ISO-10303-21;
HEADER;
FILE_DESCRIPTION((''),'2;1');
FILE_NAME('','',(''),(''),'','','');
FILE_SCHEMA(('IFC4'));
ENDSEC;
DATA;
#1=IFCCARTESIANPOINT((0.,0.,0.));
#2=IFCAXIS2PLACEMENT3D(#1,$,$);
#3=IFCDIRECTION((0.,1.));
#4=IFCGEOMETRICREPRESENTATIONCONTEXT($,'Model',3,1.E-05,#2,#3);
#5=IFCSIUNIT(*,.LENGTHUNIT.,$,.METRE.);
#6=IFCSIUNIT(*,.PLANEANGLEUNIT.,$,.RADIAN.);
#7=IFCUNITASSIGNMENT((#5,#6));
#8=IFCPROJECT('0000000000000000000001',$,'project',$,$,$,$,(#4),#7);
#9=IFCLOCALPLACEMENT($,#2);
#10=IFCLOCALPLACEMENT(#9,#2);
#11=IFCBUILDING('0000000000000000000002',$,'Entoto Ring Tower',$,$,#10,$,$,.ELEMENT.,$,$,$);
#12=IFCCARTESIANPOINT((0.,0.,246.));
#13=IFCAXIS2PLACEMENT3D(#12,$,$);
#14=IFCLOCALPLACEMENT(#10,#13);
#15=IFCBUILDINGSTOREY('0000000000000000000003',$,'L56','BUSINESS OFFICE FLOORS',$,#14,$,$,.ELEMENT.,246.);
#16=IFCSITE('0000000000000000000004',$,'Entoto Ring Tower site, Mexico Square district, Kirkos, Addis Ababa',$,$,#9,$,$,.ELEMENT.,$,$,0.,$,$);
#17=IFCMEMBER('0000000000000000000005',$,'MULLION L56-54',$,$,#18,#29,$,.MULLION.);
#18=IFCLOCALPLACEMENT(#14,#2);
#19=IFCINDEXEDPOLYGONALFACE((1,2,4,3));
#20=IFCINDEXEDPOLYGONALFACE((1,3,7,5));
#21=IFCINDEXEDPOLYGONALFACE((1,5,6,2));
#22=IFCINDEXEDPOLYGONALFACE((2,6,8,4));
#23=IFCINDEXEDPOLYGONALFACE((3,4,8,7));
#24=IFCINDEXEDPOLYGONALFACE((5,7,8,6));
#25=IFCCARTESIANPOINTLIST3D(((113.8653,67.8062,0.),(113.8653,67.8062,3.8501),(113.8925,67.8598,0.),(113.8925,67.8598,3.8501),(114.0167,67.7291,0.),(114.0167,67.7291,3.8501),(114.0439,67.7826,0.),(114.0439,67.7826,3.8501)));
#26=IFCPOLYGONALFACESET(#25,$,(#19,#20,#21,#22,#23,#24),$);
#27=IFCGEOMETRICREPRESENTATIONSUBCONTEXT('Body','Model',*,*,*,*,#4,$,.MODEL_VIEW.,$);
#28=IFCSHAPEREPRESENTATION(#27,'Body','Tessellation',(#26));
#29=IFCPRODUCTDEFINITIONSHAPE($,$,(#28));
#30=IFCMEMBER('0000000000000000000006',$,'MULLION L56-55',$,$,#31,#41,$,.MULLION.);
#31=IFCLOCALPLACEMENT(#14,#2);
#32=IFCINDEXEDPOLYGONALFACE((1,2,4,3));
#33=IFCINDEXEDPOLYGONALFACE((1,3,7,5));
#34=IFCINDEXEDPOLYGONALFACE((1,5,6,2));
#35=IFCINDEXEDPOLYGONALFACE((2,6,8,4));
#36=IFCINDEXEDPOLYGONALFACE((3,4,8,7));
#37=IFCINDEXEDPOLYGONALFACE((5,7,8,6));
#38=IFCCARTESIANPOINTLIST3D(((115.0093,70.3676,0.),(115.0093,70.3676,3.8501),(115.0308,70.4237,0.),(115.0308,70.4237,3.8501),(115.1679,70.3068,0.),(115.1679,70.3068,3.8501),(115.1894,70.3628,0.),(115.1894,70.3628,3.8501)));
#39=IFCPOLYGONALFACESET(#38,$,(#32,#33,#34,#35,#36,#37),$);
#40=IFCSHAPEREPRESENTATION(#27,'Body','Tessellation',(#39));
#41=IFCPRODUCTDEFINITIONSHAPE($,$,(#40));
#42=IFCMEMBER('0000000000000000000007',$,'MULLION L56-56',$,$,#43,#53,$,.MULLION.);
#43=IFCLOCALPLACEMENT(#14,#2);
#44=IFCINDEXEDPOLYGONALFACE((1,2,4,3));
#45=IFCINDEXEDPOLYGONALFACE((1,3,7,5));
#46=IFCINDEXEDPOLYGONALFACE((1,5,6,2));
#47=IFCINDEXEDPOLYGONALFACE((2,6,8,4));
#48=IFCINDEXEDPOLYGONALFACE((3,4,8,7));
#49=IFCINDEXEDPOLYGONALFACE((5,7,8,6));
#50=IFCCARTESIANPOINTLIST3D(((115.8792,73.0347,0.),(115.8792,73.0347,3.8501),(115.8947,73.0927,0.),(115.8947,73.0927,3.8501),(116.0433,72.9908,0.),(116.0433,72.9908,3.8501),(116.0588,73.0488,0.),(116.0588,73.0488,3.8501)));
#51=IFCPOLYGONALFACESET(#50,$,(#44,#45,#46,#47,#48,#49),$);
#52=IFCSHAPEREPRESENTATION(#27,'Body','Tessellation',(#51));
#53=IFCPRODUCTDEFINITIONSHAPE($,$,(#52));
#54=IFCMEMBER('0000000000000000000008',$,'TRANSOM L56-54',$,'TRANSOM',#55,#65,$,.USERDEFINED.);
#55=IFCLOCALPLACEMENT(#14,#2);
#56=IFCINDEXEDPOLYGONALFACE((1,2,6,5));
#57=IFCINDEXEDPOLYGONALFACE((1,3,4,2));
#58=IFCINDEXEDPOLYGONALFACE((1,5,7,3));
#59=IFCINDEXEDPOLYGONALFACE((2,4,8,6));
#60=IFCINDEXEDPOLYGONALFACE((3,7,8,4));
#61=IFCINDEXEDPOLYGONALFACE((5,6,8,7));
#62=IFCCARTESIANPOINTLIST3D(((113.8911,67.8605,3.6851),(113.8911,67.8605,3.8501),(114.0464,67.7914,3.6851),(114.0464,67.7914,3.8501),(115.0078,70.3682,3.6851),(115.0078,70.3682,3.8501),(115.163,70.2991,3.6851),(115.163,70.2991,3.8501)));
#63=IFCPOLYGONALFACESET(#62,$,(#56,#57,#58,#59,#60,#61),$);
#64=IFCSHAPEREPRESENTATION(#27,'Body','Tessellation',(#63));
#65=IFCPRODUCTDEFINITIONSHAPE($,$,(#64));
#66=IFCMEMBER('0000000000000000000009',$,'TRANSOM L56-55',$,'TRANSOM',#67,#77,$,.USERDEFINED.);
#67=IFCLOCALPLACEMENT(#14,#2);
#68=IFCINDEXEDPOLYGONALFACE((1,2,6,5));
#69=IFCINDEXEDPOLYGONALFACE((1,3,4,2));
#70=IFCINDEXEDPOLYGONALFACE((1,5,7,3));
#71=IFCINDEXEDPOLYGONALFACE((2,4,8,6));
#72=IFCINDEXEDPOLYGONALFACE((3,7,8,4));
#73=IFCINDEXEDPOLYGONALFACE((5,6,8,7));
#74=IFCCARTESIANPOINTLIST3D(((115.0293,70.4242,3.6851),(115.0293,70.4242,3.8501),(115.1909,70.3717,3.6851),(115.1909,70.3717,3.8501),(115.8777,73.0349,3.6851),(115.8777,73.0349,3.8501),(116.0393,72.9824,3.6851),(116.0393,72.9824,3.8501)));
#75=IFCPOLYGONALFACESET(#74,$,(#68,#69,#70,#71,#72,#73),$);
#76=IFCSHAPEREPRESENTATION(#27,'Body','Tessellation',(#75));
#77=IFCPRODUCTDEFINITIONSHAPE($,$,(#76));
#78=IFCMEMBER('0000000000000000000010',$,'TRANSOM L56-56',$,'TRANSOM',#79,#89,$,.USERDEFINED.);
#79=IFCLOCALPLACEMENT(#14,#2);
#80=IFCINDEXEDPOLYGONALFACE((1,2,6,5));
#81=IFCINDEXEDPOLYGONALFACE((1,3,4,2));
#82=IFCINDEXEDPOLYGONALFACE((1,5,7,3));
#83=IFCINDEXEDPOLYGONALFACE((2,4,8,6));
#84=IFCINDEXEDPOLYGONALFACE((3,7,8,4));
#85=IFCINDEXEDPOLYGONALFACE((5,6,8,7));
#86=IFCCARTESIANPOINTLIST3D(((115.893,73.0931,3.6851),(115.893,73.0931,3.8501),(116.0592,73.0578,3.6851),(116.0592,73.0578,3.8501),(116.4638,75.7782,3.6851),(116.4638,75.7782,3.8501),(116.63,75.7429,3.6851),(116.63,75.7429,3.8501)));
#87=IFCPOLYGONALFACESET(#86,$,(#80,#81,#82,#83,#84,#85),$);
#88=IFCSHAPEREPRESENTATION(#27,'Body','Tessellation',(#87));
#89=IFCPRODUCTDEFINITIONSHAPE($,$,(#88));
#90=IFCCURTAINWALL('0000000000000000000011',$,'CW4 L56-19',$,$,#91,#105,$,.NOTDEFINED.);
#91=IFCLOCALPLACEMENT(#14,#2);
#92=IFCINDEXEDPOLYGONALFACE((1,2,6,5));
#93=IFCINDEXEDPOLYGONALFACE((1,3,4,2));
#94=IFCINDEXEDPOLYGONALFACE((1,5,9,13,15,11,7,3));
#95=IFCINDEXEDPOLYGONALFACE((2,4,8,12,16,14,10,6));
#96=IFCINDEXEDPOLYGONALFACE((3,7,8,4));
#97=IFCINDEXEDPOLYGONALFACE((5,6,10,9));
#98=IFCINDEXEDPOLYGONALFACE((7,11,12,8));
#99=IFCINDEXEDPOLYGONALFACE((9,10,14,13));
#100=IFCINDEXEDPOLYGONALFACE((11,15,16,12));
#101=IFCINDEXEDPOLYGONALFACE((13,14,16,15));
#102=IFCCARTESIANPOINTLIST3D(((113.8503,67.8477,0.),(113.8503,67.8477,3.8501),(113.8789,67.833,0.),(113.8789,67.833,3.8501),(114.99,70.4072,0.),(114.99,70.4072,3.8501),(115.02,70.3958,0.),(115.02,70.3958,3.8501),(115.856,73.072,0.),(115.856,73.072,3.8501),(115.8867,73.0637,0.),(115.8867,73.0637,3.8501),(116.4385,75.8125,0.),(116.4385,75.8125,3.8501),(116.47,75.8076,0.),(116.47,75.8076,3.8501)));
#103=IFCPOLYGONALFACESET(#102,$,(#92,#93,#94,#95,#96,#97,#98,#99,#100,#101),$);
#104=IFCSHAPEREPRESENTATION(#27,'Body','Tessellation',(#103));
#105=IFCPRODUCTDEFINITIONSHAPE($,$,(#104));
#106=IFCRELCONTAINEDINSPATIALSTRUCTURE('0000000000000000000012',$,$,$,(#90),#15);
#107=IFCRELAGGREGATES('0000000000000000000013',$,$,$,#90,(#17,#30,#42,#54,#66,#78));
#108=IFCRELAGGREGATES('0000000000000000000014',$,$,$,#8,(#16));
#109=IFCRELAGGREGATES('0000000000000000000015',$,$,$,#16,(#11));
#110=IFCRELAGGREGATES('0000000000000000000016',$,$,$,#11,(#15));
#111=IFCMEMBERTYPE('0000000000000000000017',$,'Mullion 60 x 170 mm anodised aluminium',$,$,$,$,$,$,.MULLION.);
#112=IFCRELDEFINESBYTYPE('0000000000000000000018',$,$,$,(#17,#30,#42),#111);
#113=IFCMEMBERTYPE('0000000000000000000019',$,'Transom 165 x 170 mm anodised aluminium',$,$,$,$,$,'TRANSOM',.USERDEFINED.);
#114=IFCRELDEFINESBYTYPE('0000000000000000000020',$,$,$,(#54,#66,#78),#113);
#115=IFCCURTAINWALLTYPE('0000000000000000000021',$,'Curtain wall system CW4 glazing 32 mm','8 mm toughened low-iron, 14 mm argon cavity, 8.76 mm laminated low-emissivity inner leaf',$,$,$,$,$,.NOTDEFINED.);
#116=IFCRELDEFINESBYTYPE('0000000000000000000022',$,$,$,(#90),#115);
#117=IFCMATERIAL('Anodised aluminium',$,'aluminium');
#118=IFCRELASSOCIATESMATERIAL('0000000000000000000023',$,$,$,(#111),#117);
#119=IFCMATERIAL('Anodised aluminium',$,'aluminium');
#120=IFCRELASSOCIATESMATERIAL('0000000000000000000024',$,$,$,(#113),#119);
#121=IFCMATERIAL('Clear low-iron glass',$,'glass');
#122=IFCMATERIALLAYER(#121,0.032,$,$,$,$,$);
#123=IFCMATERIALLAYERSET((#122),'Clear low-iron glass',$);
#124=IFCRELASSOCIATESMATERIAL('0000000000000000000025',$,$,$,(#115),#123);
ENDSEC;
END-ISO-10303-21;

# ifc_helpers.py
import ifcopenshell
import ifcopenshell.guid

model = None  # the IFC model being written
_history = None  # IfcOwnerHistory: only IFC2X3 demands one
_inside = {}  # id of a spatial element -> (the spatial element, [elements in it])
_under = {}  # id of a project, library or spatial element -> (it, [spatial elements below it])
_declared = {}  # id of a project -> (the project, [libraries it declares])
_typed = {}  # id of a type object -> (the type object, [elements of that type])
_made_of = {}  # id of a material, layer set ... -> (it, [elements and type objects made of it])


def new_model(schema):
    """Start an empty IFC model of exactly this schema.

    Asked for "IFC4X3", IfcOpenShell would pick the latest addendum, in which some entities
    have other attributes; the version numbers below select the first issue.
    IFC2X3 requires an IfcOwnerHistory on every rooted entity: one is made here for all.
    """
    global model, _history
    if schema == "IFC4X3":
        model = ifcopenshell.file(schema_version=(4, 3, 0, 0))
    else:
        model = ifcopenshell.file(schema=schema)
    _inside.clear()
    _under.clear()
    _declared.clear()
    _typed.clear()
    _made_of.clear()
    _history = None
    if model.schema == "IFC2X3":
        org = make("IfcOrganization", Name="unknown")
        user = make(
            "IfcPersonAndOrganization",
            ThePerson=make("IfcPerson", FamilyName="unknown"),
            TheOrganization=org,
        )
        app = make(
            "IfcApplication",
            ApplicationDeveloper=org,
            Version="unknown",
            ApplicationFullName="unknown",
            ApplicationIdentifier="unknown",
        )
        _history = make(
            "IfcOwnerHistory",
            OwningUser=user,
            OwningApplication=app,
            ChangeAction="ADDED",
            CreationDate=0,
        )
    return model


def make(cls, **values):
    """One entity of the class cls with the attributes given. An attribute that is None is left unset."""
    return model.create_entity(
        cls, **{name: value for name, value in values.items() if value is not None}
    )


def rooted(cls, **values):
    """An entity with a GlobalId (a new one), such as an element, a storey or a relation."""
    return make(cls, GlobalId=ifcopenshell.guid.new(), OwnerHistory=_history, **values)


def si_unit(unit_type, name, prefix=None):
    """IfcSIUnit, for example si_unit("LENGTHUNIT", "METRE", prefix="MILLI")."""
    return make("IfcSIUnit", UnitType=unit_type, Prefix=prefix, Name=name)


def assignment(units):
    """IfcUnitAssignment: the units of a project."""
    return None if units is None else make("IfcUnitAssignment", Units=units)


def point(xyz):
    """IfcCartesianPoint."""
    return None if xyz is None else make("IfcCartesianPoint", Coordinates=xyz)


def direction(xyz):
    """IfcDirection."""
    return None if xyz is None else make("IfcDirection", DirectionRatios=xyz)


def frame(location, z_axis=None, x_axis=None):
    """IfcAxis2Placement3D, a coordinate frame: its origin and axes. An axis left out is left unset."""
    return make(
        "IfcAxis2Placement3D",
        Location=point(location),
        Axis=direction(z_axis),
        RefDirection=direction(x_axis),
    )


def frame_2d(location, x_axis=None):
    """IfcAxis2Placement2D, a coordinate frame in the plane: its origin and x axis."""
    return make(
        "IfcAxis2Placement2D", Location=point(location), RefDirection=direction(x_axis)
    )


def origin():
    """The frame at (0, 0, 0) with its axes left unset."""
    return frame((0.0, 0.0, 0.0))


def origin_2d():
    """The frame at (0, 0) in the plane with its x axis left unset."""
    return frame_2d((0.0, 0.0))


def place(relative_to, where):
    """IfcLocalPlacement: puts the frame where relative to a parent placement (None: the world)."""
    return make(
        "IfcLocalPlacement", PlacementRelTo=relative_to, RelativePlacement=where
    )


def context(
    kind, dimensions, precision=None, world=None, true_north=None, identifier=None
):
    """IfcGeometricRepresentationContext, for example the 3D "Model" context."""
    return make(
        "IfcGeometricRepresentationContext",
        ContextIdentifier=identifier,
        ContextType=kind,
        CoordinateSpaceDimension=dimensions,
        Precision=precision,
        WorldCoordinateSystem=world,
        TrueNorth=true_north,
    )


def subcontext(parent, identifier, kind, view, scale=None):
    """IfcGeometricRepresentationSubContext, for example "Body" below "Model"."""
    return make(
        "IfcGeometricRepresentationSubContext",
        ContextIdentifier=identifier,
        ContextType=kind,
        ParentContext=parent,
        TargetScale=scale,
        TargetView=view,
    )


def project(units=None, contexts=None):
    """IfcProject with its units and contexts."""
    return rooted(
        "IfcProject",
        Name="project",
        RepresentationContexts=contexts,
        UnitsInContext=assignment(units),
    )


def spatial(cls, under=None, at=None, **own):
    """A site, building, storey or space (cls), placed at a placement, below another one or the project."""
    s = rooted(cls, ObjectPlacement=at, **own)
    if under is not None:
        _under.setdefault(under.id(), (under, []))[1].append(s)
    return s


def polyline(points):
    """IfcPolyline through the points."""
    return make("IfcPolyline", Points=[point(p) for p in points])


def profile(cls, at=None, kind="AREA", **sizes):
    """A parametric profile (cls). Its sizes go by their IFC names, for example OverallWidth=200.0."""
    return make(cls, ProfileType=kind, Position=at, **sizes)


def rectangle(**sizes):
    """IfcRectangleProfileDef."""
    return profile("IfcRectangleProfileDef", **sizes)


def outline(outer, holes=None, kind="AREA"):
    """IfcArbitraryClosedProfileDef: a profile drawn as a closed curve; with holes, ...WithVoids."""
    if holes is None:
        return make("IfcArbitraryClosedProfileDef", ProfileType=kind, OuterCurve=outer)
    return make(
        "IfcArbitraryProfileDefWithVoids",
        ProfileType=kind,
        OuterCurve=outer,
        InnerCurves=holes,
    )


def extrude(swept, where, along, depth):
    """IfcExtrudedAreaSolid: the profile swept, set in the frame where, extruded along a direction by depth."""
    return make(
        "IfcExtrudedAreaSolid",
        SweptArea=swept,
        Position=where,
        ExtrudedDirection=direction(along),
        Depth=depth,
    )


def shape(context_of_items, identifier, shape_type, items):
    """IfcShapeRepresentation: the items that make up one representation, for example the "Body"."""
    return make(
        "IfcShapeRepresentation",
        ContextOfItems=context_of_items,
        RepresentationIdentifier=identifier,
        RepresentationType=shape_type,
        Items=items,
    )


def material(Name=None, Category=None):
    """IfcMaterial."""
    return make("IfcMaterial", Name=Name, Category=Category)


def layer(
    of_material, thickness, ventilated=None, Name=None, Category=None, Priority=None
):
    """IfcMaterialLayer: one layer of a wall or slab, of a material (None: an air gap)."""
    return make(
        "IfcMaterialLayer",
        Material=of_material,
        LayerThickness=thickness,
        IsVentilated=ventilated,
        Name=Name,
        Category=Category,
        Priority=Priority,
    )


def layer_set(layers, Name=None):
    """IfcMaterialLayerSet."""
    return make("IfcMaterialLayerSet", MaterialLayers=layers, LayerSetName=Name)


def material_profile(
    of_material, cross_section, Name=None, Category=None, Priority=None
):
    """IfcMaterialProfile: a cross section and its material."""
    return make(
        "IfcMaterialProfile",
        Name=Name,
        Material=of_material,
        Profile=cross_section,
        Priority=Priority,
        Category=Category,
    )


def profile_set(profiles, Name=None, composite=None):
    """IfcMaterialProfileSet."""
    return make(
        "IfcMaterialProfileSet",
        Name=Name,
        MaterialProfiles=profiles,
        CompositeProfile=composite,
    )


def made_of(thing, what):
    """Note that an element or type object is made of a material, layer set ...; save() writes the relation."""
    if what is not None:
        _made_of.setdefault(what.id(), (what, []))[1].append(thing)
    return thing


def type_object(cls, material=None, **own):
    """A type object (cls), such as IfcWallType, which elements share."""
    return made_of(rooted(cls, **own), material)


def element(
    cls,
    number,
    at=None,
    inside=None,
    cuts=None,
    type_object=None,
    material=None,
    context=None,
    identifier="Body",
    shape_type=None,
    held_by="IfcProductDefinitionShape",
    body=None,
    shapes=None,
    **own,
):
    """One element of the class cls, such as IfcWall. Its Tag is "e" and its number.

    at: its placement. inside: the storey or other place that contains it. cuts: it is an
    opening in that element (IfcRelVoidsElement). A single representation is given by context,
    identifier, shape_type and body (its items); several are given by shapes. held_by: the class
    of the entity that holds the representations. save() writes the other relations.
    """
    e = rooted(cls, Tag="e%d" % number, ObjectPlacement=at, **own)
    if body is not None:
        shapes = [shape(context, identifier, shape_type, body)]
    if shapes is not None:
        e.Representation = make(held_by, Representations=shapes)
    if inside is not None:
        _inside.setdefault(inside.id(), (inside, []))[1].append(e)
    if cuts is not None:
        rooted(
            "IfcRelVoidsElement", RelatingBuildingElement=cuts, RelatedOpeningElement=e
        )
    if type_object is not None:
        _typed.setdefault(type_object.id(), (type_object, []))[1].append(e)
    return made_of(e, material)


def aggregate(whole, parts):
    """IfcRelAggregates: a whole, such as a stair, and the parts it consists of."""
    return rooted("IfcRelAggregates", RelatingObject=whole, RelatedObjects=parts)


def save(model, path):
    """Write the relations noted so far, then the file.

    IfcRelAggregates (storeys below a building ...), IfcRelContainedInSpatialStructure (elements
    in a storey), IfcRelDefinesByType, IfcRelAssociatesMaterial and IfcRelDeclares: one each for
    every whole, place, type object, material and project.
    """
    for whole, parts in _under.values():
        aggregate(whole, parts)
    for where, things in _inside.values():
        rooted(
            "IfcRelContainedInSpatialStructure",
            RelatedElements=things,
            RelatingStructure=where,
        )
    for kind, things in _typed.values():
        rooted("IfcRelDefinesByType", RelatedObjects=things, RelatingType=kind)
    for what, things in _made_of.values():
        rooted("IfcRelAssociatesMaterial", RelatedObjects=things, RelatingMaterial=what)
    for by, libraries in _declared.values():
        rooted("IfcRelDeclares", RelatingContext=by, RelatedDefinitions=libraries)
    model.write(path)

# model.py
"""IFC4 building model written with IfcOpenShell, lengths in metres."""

from ifc_helpers import new_model, si_unit, direction, frame, origin, origin_2d, place, context, subcontext, project, spatial, polyline, rectangle, outline, extrude, material, layer, layer_set, material_profile, profile_set, type_object, element, aggregate, save


model = new_model("IFC4")

# Units and contexts
model_context = context("Model", 3, precision=1e-05, world=origin(), true_north=direction((0.0, 1.0)))
body_context = subcontext(model_context, "Body", "Model", "MODEL_VIEW")
ifc_project = project(units=[si_unit("LENGTHUNIT", "METRE"), si_unit("PLANEANGLEUNIT", "RADIAN")], contexts=[model_context])

# Members
ifc_material_1 = material(Name="Anodised aluminium", Category="aluminium")
ifc_material_profile_1 = material_profile(ifc_material_1, rectangle(XDim=0.0601, YDim=0.1699, at=origin_2d()), Name="Mullion 60 x 170 mm anodised aluminium")
ifc_profile_set_1 = profile_set([ifc_material_profile_1], Name="Anodised aluminium")
member_type_1 = type_object("IfcMemberType", Name="Mullion 60 x 170 mm anodised aluminium", PredefinedType="MULLION", material=ifc_profile_set_1)
site_placement = place(None, origin())
building_placement = place(site_placement, origin())
storey_placement = place(building_placement, frame((0.0, 0.0, 246.0)))
member_1_placement = place(storey_placement, frame((113.9546, 67.7944, 0.0), z_axis=(0.0, 0.0, 1.0), x_axis=(0.45399, 0.891007, 0.0)))
member_1 = element("IfcMember", 1, at=member_1_placement, type_object=member_type_1, Name="MULLION L56-54", PredefinedType="MULLION", context=body_context, shape_type="SweptSolid", body=[
    extrude(rectangle(XDim=0.0601, YDim=0.1699, at=origin_2d()), origin(), (0.0, 0.0, 1.0), 3.8501),
])
member_2_placement = place(storey_placement, frame((115.0994, 70.3652, 0.0), z_axis=(0.0, 0.0, 1.0), x_axis=(0.358368, 0.93358, 0.0)))
member_2 = element("IfcMember", 2, at=member_2_placement, type_object=member_type_1, Name="MULLION L56-55", PredefinedType="MULLION", context=body_context, shape_type="SweptSolid", body=[
    extrude(rectangle(XDim=0.0601, YDim=0.1699, at=origin_2d()), origin(), (0.0, 0.0, 1.0), 3.8501),
])
member_3_placement = place(storey_placement, frame((115.969, 73.0417, 0.0), z_axis=(0.0, 0.0, 1.0), x_axis=(0.258819, 0.965926, 0.0)))
member_3 = element("IfcMember", 3, at=member_3_placement, type_object=member_type_1, Name="MULLION L56-56", PredefinedType="MULLION", context=body_context, shape_type="SweptSolid", body=[
    extrude(rectangle(XDim=0.0601, YDim=0.1699, at=origin_2d()), origin(), (0.0, 0.0, 1.0), 3.8501),
])
ifc_material_2 = material(Name="Anodised aluminium", Category="aluminium")
ifc_material_profile_2 = material_profile(ifc_material_2, rectangle(XDim=0.1699, YDim=0.165, at=origin_2d()), Name="Transom 165 x 170 mm anodised aluminium")
ifc_profile_set_2 = profile_set([ifc_material_profile_2], Name="Anodised aluminium")
member_type_2 = type_object("IfcMemberType", Name="Transom 165 x 170 mm anodised aluminium", ElementType="TRANSOM", PredefinedType="USERDEFINED", material=ifc_profile_set_2)
member_4_placement = place(storey_placement, frame((113.9688, 67.8259, 3.7676), z_axis=(0.406782, 0.913525, 0.0), x_axis=(-0.913525, 0.406782, 0.0)))
member_4 = element("IfcMember", 4, at=member_4_placement, type_object=member_type_2, Name="TRANSOM L56-54", ObjectType="TRANSOM", PredefinedType="USERDEFINED", context=body_context, shape_type="SweptSolid", body=[
    extrude(rectangle(XDim=0.1699, YDim=0.165, at=origin_2d()), origin(), (0.0, 0.0, 1.0), 2.7451),
])
member_5_placement = place(storey_placement, frame((115.1101, 70.3979, 3.7676), z_axis=(0.309042, 0.951048, 0.0), x_axis=(-0.951048, 0.309042, 0.0)))
member_5 = element("IfcMember", 5, at=member_5_placement, type_object=member_type_2, Name="TRANSOM L56-55", ObjectType="TRANSOM", PredefinedType="USERDEFINED", context=body_context, shape_type="SweptSolid", body=[
    extrude(rectangle(XDim=0.1699, YDim=0.165, at=origin_2d()), origin(), (0.0, 0.0, 1.0), 2.7451),
])
member_6_placement = place(storey_placement, frame((115.9761, 73.0754, 3.7676), z_axis=(0.207937, 0.978142, 0.0), x_axis=(-0.978142, 0.207937, 0.0)))
member_6 = element("IfcMember", 6, at=member_6_placement, type_object=member_type_2, Name="TRANSOM L56-56", ObjectType="TRANSOM", PredefinedType="USERDEFINED", context=body_context, shape_type="SweptSolid", body=[
    extrude(rectangle(XDim=0.1699, YDim=0.165, at=origin_2d()), origin(), (0.0, 0.0, 1.0), 2.7451),
])

# Site, building, storey
site = spatial("IfcSite", under=ifc_project, at=site_placement, Name="Entoto Ring Tower site, Mexico Square district, Kirkos, Addis Ababa", CompositionType="ELEMENT", RefElevation=0.0)
building = spatial("IfcBuilding", under=site, at=building_placement, Name="Entoto Ring Tower", CompositionType="ELEMENT")
storey = spatial("IfcBuildingStorey", under=building, at=storey_placement, Name="L56", Description="BUSINESS OFFICE FLOORS", CompositionType="ELEMENT", Elevation=246.0)

# Curtain wall
ifc_material_3 = material(Name="Clear low-iron glass", Category="glass")
ifc_layer_1 = layer(ifc_material_3, 0.032)
ifc_layer_set_1 = layer_set([ifc_layer_1], Name="Clear low-iron glass")
curtain_wall_type = type_object("IfcCurtainWallType", Name="Curtain wall system CW4 glazing 32 mm", Description="8 mm toughened low-iron, 14 mm argon cavity, 8.76 mm laminated low-emissivity inner leaf", PredefinedType="NOTDEFINED", material=ifc_layer_set_1)
curtain_wall_1_placement = place(storey_placement, origin())
curtain_wall_1 = element("IfcCurtainWall", 7, at=curtain_wall_1_placement, inside=storey, type_object=curtain_wall_type, Name="CW4 L56-19", PredefinedType="NOTDEFINED", context=body_context, shape_type="SweptSolid", body=[
    extrude(outline(polyline([(113.8789, 67.833), (115.02, 70.3958), (115.8867, 73.0637), (116.47, 75.8076), (116.4385, 75.8125), (115.856, 73.072), (114.99, 70.4072), (113.8503, 67.8477), (113.8789, 67.833)])), origin(), (0.0, 0.0, 1.0), 3.8501),
])
aggregate(curtain_wall_1, [member_1, member_2, member_3, member_4, member_5, member_6])

save(model, "model.ifc")
